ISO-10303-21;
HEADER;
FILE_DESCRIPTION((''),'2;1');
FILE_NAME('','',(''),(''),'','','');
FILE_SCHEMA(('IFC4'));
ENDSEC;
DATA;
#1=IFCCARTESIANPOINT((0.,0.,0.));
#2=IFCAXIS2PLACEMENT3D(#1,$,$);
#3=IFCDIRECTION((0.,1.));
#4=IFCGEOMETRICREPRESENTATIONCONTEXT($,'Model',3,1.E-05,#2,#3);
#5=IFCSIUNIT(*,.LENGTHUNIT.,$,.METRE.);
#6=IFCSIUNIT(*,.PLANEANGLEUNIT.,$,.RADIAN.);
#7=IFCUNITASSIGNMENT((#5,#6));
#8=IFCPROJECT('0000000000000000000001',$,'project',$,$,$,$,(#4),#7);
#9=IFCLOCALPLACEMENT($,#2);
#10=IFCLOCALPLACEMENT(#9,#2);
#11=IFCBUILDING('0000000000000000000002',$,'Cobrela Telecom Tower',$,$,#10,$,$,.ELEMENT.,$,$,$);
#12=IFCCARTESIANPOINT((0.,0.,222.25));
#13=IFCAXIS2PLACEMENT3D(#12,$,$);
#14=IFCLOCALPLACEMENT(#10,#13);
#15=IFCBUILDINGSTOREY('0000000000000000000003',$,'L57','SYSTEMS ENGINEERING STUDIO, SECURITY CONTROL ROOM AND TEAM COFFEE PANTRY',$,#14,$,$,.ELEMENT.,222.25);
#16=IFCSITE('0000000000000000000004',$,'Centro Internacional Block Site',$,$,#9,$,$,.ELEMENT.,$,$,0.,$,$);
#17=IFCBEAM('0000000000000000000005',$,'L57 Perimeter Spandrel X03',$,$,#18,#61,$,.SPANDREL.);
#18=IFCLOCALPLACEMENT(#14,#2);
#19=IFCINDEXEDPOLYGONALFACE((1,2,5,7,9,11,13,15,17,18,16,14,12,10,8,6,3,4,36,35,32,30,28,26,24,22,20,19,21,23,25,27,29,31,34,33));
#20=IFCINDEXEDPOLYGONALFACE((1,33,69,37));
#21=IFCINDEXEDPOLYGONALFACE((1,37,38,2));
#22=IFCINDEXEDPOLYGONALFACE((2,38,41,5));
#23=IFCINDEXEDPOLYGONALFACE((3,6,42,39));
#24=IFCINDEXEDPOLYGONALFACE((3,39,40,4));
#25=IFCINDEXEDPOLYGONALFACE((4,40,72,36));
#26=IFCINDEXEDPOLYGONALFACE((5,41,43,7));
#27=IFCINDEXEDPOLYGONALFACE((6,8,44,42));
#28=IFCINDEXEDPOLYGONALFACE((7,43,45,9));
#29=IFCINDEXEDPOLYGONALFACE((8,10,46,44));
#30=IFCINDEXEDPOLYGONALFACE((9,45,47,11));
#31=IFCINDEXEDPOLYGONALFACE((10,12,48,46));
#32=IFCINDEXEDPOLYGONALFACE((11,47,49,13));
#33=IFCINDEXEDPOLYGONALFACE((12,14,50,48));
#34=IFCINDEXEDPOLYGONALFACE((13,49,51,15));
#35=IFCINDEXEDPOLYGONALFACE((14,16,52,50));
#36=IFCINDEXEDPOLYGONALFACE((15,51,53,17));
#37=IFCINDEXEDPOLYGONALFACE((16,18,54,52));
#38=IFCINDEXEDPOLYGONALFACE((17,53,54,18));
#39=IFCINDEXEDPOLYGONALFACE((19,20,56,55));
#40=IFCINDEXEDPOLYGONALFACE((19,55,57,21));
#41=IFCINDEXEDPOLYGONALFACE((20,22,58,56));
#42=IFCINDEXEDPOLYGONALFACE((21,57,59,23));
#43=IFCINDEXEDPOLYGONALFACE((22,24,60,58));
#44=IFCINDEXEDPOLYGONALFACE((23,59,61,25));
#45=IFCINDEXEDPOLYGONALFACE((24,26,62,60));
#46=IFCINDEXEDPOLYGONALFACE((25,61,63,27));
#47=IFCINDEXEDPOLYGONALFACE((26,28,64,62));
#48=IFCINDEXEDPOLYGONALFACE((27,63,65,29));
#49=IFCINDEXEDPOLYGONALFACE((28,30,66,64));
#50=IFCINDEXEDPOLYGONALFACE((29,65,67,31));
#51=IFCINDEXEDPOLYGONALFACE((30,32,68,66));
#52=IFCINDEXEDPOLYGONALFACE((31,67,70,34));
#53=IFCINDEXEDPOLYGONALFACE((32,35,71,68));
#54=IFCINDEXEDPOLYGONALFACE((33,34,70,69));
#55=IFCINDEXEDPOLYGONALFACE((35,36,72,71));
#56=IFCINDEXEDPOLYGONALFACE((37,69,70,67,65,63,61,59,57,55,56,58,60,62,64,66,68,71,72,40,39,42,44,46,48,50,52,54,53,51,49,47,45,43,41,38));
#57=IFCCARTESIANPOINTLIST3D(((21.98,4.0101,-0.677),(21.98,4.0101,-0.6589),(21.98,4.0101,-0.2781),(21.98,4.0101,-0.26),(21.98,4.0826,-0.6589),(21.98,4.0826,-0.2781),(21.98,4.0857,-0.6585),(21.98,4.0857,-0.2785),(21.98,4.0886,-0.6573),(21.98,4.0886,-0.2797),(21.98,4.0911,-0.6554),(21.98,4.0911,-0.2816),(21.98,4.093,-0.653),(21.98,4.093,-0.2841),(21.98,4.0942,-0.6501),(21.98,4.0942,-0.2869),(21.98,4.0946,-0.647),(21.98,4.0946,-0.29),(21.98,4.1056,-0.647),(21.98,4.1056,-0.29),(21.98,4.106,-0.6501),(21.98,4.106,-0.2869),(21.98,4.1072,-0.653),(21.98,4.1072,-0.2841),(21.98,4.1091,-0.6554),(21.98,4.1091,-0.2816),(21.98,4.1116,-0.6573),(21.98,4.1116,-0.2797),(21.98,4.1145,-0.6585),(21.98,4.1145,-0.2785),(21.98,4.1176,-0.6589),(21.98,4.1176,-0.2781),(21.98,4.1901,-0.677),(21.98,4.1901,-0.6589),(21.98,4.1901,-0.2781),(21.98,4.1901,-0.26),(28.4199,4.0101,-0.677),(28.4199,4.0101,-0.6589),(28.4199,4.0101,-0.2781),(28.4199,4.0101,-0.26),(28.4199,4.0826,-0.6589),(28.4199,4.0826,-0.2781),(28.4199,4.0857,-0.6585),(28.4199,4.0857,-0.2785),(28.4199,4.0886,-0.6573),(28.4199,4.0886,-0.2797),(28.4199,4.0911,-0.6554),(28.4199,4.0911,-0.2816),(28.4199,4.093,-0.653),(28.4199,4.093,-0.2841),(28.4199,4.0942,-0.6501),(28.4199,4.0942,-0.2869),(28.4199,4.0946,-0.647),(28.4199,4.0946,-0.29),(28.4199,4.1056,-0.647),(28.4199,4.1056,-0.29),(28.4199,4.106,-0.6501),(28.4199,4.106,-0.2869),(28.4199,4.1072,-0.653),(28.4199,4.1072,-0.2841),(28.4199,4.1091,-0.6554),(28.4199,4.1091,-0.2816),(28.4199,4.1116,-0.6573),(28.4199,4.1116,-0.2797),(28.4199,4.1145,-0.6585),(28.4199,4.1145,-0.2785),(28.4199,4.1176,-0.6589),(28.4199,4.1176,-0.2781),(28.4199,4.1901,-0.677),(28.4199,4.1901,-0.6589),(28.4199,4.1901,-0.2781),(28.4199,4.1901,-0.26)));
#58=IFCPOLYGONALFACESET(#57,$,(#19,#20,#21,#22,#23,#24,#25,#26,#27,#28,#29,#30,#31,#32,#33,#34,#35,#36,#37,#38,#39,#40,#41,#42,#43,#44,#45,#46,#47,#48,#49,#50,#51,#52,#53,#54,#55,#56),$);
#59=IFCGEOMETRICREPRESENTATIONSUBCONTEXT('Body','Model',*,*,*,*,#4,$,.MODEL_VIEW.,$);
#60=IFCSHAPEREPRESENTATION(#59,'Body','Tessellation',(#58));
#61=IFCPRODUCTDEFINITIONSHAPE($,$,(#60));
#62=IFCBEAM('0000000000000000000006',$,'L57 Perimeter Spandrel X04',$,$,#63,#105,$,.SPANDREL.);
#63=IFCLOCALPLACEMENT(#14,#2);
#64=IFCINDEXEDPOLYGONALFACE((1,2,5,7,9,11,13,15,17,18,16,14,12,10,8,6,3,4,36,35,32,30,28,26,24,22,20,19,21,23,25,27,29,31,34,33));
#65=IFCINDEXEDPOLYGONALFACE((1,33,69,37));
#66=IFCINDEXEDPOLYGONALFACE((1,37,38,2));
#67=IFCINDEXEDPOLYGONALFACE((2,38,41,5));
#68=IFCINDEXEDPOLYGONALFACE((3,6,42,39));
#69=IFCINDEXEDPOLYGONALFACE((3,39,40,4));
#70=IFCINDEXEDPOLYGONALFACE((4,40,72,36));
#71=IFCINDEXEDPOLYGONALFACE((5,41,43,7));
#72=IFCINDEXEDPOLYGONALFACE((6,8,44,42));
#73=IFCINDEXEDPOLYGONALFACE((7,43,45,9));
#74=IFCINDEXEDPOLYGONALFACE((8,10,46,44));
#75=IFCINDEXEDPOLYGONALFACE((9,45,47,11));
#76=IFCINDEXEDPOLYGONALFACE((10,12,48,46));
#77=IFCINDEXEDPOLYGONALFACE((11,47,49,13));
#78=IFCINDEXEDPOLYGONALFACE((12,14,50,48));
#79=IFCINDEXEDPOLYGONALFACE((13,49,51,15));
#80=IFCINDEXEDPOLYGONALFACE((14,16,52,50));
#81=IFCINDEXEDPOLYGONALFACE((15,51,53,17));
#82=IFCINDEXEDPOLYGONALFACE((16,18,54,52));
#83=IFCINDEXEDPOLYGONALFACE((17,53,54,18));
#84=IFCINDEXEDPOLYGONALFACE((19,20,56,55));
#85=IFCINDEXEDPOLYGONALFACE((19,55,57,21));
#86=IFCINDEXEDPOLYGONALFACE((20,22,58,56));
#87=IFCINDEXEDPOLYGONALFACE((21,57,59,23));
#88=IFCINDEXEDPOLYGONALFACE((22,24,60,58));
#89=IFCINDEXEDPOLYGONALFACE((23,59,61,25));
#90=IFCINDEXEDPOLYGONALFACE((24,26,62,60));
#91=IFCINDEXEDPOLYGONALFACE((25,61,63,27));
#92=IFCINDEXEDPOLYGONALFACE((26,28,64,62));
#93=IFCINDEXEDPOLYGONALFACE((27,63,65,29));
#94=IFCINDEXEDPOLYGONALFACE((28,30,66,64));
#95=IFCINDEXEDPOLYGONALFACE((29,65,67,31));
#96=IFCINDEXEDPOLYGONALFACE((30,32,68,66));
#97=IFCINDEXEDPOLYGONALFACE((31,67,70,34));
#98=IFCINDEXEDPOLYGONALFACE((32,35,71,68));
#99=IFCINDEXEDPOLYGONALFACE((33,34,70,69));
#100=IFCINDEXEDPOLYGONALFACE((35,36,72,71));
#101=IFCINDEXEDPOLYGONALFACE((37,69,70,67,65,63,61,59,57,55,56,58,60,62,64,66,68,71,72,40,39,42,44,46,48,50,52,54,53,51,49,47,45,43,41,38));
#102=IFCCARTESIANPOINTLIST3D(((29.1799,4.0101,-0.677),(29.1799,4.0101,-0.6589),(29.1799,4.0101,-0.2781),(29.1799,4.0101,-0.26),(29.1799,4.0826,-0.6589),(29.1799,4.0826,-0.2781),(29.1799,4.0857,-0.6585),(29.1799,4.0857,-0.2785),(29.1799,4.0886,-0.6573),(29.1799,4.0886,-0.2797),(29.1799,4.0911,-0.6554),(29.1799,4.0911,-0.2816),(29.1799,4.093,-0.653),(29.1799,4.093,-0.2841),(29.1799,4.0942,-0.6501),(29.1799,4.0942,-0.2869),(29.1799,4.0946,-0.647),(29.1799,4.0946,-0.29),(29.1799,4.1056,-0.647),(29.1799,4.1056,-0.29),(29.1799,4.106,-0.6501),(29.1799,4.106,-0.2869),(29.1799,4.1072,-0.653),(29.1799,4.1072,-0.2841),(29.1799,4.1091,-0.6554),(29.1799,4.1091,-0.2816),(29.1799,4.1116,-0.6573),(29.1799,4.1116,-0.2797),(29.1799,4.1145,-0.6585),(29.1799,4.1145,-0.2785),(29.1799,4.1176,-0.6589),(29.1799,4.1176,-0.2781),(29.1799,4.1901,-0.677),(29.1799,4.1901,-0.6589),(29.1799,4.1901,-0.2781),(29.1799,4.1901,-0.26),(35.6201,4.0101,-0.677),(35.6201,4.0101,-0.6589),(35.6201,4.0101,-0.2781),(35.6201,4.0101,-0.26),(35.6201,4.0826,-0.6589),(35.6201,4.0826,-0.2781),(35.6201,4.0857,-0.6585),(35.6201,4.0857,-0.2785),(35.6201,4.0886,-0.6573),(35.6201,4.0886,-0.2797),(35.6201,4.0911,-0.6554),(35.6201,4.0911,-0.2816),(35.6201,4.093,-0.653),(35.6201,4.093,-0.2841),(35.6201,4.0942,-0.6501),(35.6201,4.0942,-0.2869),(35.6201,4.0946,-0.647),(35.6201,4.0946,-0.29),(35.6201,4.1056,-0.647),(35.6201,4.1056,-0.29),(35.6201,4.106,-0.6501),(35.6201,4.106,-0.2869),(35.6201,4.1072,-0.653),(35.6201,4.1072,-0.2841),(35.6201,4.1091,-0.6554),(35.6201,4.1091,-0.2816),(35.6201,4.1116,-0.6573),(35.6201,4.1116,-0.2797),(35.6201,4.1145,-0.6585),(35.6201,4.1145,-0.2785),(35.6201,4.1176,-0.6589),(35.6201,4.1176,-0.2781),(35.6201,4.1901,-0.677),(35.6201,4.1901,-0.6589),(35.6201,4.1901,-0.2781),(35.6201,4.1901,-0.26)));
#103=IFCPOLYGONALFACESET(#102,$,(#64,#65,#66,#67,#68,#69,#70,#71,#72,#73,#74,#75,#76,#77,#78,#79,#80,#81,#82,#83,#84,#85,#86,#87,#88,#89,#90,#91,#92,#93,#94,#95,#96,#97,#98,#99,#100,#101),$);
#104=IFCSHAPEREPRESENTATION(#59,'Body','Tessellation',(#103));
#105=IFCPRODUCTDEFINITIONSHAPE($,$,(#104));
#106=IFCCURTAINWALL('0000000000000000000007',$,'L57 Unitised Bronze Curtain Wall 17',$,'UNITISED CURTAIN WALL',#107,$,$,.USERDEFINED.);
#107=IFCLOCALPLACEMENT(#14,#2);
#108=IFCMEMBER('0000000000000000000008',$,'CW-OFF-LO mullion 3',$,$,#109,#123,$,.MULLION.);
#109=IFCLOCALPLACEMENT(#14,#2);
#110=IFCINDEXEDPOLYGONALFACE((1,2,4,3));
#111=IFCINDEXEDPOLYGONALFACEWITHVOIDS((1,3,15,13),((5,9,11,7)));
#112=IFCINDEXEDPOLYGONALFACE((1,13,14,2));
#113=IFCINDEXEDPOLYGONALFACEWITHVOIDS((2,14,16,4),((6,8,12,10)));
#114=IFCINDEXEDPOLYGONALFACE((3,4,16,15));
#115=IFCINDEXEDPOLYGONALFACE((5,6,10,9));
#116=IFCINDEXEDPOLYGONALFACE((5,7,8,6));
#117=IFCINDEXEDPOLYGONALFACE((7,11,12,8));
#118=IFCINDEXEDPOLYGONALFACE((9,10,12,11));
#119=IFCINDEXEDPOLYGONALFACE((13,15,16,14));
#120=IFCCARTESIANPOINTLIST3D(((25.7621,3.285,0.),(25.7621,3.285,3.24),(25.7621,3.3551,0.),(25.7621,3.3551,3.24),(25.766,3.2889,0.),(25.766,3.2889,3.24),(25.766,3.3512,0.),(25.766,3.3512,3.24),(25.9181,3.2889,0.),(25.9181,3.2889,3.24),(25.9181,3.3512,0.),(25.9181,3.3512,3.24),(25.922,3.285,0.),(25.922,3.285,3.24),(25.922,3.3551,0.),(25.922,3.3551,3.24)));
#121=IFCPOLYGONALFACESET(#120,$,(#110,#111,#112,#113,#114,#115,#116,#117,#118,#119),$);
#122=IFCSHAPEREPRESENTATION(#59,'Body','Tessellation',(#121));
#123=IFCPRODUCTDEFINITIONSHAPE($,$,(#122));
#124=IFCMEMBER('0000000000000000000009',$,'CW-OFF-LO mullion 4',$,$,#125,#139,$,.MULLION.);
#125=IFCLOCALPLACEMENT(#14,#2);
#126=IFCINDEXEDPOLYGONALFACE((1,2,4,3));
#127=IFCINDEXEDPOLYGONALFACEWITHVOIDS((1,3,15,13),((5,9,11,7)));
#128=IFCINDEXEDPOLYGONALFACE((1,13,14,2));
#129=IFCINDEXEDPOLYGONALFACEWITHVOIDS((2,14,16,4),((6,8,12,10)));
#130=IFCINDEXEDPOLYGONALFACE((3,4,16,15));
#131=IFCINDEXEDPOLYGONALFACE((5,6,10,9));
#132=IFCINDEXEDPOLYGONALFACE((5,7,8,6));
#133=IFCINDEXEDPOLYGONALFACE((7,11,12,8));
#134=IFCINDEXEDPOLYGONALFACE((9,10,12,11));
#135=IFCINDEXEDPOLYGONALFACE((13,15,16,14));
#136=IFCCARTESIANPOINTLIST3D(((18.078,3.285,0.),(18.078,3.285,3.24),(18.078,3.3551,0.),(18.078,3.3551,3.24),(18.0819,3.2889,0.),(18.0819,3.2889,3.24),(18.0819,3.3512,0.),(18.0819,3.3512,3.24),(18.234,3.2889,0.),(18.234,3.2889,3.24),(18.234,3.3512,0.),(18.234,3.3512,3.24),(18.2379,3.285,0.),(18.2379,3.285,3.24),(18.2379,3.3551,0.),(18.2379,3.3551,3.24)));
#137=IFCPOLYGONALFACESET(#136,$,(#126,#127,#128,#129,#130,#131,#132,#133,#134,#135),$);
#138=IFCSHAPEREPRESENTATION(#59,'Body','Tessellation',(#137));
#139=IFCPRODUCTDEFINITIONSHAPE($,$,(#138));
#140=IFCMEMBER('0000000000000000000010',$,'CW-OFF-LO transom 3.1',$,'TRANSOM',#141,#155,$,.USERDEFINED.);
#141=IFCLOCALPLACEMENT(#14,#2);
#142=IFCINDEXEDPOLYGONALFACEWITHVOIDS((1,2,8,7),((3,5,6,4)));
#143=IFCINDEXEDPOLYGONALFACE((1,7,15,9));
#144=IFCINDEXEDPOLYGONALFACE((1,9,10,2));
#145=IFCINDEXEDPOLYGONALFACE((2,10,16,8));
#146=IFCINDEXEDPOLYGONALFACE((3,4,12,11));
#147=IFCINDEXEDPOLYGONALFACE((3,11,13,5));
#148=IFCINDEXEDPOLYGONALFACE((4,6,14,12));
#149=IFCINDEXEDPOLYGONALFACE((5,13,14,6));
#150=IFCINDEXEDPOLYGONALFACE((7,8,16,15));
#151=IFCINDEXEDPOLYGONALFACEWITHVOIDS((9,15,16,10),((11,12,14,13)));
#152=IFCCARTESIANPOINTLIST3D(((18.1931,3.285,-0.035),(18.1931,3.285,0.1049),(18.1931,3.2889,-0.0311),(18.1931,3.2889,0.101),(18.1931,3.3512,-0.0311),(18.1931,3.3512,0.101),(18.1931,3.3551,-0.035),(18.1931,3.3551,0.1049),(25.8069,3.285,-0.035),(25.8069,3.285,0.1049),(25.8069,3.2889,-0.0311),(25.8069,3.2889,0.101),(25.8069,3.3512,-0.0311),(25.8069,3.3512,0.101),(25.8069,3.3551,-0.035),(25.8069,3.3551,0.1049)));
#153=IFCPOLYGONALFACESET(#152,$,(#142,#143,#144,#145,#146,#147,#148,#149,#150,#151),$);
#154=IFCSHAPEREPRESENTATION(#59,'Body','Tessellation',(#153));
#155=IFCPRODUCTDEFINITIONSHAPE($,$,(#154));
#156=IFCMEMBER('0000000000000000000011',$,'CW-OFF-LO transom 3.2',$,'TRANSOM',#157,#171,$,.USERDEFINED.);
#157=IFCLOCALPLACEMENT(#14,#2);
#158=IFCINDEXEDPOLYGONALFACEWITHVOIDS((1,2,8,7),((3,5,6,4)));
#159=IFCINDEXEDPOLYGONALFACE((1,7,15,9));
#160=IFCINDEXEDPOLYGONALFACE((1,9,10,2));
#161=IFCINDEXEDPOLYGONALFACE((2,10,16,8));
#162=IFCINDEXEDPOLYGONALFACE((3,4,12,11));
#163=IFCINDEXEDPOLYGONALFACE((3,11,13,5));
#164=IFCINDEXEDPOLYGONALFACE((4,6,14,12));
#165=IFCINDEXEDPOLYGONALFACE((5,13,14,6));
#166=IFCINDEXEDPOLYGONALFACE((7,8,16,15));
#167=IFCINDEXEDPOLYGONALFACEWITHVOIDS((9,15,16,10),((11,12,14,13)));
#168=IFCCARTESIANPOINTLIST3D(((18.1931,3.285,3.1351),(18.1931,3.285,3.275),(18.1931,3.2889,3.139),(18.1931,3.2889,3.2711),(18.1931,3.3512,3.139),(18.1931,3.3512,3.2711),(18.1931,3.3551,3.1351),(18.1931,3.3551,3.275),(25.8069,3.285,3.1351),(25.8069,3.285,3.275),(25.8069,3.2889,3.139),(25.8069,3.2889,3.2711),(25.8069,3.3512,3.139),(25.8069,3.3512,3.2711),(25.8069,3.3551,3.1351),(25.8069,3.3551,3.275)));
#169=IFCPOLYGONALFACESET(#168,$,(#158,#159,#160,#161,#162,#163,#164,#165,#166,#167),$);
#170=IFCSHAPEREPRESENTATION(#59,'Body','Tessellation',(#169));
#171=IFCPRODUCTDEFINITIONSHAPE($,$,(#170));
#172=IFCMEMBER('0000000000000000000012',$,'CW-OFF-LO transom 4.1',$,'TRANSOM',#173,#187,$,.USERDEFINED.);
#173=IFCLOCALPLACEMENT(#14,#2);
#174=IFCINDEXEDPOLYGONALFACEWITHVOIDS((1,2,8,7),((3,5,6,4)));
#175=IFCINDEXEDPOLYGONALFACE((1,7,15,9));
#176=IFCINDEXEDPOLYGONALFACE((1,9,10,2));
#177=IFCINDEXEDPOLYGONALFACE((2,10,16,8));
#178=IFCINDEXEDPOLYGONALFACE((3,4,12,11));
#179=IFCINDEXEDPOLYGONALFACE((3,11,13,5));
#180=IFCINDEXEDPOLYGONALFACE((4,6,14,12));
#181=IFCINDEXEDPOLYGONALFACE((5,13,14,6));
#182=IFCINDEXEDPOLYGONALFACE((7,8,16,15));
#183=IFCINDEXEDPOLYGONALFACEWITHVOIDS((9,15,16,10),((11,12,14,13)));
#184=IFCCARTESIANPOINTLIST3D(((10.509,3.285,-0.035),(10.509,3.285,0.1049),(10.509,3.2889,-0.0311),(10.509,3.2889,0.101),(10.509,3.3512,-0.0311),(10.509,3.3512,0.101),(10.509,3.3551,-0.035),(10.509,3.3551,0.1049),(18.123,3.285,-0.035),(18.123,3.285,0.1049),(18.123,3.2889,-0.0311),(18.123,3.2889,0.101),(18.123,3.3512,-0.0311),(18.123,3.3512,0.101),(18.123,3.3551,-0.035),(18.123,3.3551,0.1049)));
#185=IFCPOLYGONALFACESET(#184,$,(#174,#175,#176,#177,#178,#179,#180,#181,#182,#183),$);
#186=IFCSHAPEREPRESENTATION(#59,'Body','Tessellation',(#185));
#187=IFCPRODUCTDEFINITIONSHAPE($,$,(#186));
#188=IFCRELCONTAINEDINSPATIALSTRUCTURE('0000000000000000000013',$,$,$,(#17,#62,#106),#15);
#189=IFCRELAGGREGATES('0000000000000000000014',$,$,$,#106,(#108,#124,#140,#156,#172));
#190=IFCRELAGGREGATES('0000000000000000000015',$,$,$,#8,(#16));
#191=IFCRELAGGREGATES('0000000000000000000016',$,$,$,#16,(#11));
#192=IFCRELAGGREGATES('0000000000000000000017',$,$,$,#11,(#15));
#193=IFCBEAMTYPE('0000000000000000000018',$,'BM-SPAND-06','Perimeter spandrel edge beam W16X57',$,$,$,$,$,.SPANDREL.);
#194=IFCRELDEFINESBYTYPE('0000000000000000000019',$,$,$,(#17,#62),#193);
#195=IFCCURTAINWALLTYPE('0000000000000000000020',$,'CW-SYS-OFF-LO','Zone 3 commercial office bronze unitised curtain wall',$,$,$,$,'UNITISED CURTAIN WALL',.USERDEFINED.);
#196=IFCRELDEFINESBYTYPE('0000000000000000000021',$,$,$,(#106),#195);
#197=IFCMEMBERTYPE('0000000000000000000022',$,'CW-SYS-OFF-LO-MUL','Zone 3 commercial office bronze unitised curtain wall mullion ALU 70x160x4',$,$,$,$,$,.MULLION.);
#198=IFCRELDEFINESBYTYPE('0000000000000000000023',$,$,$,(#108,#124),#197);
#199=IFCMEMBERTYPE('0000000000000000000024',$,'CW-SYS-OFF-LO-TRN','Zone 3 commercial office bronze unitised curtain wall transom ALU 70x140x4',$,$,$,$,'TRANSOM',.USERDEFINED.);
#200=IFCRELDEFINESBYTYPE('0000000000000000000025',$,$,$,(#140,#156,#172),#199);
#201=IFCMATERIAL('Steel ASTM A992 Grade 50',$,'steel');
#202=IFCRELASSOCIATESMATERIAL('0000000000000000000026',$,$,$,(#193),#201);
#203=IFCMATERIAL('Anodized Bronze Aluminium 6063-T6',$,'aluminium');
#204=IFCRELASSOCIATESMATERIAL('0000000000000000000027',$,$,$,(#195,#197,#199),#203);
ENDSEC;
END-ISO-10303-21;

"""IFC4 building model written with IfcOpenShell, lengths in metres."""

from ifc_helpers import new_model, si_unit, direction, frame, origin, origin_2d, place, context, subcontext, project, spatial, hollow_rectangle, i_section, extrude, material, material_profile, profile_set, type_object, element, aggregate, save


model = new_model("IFC4")

# Units and contexts
model_context = context("Model", 3, precision=1e-05, world=origin(), true_north=direction((0.0, 1.0)))
body_context = subcontext(model_context, "Body", "Model", "MODEL_VIEW")
ifc_project = project(units=[si_unit("LENGTHUNIT", "METRE"), si_unit("PLANEANGLEUNIT", "RADIAN")], contexts=[model_context])

# Site, building, storey
site_placement = place(None, origin())
site = spatial("IfcSite", under=ifc_project, at=site_placement, Name="Centro Internacional Block Site", CompositionType="ELEMENT", RefElevation=0.0)
building_placement = place(site_placement, origin())
building = spatial("IfcBuilding", under=site, at=building_placement, Name="Cobrela Telecom Tower", CompositionType="ELEMENT")
storey_placement = place(building_placement, frame((0.0, 0.0, 222.25)))
storey = spatial("IfcBuildingStorey", under=building, at=storey_placement, Name="L57", Description="SYSTEMS ENGINEERING STUDIO, SECURITY CONTROL ROOM AND TEAM COFFEE PANTRY", CompositionType="ELEMENT", Elevation=222.25)

# Shared definitions
ifc_material_1 = material(Name="Steel ASTM A992 Grade 50", Category="steel")

# Beams
ifc_material_profile_1 = material_profile(ifc_material_1, i_section(OverallWidth=0.1799, OverallDepth=0.417, WebThickness=0.011, FlangeThickness=0.0181, FilletRadius=0.012, at=origin_2d()), Name="W16X57")
ifc_profile_set_1 = profile_set([ifc_material_profile_1], Name="Steel ASTM A992 Grade 50")
beam_type_1 = type_object("IfcBeamType", Name="BM-SPAND-06", Description="Perimeter spandrel edge beam W16X57", PredefinedType="SPANDREL", material=ifc_profile_set_1)
beam_1_placement = place(storey_placement, frame((21.98, 4.1001, -0.4685), z_axis=(1.0, 0.0, 0.0), x_axis=(0.0, 1.0, 0.0)))
element("IfcBeam", 1, at=beam_1_placement, inside=storey, type_object=beam_type_1, Name="L57 Perimeter Spandrel X03", PredefinedType="SPANDREL", context=body_context, shape_type="SweptSolid", body=[
    extrude(i_section(OverallWidth=0.1799, OverallDepth=0.417, WebThickness=0.011, FlangeThickness=0.0181, FilletRadius=0.012, at=origin_2d()), origin(), (0.0, 0.0, 1.0), 6.4399),
])
beam_2_placement = place(storey_placement, frame((29.1799, 4.1001, -0.4685), z_axis=(1.0, 0.0, 0.0), x_axis=(0.0, 1.0, 0.0)))
element("IfcBeam", 2, at=beam_2_placement, inside=storey, type_object=beam_type_1, Name="L57 Perimeter Spandrel X04", PredefinedType="SPANDREL", context=body_context, shape_type="SweptSolid", body=[
    extrude(i_section(OverallWidth=0.1799, OverallDepth=0.417, WebThickness=0.011, FlangeThickness=0.0181, FilletRadius=0.012, at=origin_2d()), origin(), (0.0, 0.0, 1.0), 6.4402),
])

# Curtain wall, members
ifc_material_2 = material(Name="Anodized Bronze Aluminium 6063-T6", Category="aluminium")
curtain_wall_type = type_object("IfcCurtainWallType", Name="CW-SYS-OFF-LO", Description="Zone 3 commercial office bronze unitised curtain wall", ElementType="UNITISED CURTAIN WALL", PredefinedType="USERDEFINED", material=ifc_material_2)
curtain_wall_placement = place(storey_placement, origin())
curtain_wall = element("IfcCurtainWall", 3, at=curtain_wall_placement, inside=storey, type_object=curtain_wall_type, Name="L57 Unitised Bronze Curtain Wall 17", ObjectType="UNITISED CURTAIN WALL", PredefinedType="USERDEFINED")
ifc_material_profile_2 = material_profile(ifc_material_2, hollow_rectangle(XDim=0.0701, YDim=0.1599, WallThickness=0.0039, at=origin_2d()), Name="ALU 70x160x4")
ifc_profile_set_2 = profile_set([ifc_material_profile_2], Name="Anodized Bronze Aluminium 6063-T6")
member_type_1 = type_object("IfcMemberType", Name="CW-SYS-OFF-LO-MUL", Description="Zone 3 commercial office bronze unitised curtain wall mullion ALU 70x160x4", PredefinedType="MULLION", material=ifc_profile_set_2)
member_1_placement = place(storey_placement, frame((25.842, 3.3201, 0.0), z_axis=(0.0, 0.0, 1.0), x_axis=(0.0, -1.0, 0.0)))
member_1 = element("IfcMember", 4, at=member_1_placement, type_object=member_type_1, Name="CW-OFF-LO mullion 3", PredefinedType="MULLION", context=body_context, shape_type="SweptSolid", body=[
    extrude(hollow_rectangle(XDim=0.0701, YDim=0.1599, WallThickness=0.0039, at=origin_2d()), origin(), (0.0, 0.0, 1.0), 3.24),
])
member_2_placement = place(storey_placement, frame((18.158, 3.3201, 0.0), z_axis=(0.0, 0.0, 1.0), x_axis=(0.0, -1.0, 0.0)))
member_2 = element("IfcMember", 5, at=member_2_placement, type_object=member_type_1, Name="CW-OFF-LO mullion 4", PredefinedType="MULLION", context=body_context, shape_type="SweptSolid", body=[
    extrude(hollow_rectangle(XDim=0.0701, YDim=0.1599, WallThickness=0.0039, at=origin_2d()), origin(), (0.0, 0.0, 1.0), 3.24),
])
ifc_material_profile_3 = material_profile(ifc_material_2, hollow_rectangle(XDim=0.0701, YDim=0.1399, WallThickness=0.0039, at=origin_2d()), Name="ALU 70x140x4")
ifc_profile_set_3 = profile_set([ifc_material_profile_3], Name="Anodized Bronze Aluminium 6063-T6")
member_type_2 = type_object("IfcMemberType", Name="CW-SYS-OFF-LO-TRN", Description="Zone 3 commercial office bronze unitised curtain wall transom ALU 70x140x4", ElementType="TRANSOM", PredefinedType="USERDEFINED", material=ifc_profile_set_3)
member_3_placement = place(storey_placement, frame((25.8069, 3.3201, 0.0349), z_axis=(-1.0, 0.0, 0.0), x_axis=(0.0, -1.0, 0.0)))
member_3 = element("IfcMember", 6, at=member_3_placement, type_object=member_type_2, Name="CW-OFF-LO transom 3.1", ObjectType="TRANSOM", PredefinedType="USERDEFINED", context=body_context, shape_type="SweptSolid", body=[
    extrude(hollow_rectangle(XDim=0.0701, YDim=0.1399, WallThickness=0.0039, at=origin_2d()), origin(), (0.0, 0.0, 1.0), 7.6138),
])
member_4_placement = place(storey_placement, frame((25.8069, 3.3201, 3.2051), z_axis=(-1.0, 0.0, 0.0), x_axis=(0.0, -1.0, 0.0)))
member_4 = element("IfcMember", 7, at=member_4_placement, type_object=member_type_2, Name="CW-OFF-LO transom 3.2", ObjectType="TRANSOM", PredefinedType="USERDEFINED", context=body_context, shape_type="SweptSolid", body=[
    extrude(hollow_rectangle(XDim=0.0701, YDim=0.1399, WallThickness=0.0039, at=origin_2d()), origin(), (0.0, 0.0, 1.0), 7.6138),
])
member_5_placement = place(storey_placement, frame((18.123, 3.3201, 0.0349), z_axis=(-1.0, 0.0, 0.0), x_axis=(0.0, -1.0, 0.0)))
member_5 = element("IfcMember", 8, at=member_5_placement, type_object=member_type_2, Name="CW-OFF-LO transom 4.1", ObjectType="TRANSOM", PredefinedType="USERDEFINED", context=body_context, shape_type="SweptSolid", body=[
    extrude(hollow_rectangle(XDim=0.0701, YDim=0.1399, WallThickness=0.0039, at=origin_2d()), origin(), (0.0, 0.0, 1.0), 7.614),
])
aggregate(curtain_wall, [member_1, member_2, member_3, member_4, member_5])

save(model, "model.ifc")
